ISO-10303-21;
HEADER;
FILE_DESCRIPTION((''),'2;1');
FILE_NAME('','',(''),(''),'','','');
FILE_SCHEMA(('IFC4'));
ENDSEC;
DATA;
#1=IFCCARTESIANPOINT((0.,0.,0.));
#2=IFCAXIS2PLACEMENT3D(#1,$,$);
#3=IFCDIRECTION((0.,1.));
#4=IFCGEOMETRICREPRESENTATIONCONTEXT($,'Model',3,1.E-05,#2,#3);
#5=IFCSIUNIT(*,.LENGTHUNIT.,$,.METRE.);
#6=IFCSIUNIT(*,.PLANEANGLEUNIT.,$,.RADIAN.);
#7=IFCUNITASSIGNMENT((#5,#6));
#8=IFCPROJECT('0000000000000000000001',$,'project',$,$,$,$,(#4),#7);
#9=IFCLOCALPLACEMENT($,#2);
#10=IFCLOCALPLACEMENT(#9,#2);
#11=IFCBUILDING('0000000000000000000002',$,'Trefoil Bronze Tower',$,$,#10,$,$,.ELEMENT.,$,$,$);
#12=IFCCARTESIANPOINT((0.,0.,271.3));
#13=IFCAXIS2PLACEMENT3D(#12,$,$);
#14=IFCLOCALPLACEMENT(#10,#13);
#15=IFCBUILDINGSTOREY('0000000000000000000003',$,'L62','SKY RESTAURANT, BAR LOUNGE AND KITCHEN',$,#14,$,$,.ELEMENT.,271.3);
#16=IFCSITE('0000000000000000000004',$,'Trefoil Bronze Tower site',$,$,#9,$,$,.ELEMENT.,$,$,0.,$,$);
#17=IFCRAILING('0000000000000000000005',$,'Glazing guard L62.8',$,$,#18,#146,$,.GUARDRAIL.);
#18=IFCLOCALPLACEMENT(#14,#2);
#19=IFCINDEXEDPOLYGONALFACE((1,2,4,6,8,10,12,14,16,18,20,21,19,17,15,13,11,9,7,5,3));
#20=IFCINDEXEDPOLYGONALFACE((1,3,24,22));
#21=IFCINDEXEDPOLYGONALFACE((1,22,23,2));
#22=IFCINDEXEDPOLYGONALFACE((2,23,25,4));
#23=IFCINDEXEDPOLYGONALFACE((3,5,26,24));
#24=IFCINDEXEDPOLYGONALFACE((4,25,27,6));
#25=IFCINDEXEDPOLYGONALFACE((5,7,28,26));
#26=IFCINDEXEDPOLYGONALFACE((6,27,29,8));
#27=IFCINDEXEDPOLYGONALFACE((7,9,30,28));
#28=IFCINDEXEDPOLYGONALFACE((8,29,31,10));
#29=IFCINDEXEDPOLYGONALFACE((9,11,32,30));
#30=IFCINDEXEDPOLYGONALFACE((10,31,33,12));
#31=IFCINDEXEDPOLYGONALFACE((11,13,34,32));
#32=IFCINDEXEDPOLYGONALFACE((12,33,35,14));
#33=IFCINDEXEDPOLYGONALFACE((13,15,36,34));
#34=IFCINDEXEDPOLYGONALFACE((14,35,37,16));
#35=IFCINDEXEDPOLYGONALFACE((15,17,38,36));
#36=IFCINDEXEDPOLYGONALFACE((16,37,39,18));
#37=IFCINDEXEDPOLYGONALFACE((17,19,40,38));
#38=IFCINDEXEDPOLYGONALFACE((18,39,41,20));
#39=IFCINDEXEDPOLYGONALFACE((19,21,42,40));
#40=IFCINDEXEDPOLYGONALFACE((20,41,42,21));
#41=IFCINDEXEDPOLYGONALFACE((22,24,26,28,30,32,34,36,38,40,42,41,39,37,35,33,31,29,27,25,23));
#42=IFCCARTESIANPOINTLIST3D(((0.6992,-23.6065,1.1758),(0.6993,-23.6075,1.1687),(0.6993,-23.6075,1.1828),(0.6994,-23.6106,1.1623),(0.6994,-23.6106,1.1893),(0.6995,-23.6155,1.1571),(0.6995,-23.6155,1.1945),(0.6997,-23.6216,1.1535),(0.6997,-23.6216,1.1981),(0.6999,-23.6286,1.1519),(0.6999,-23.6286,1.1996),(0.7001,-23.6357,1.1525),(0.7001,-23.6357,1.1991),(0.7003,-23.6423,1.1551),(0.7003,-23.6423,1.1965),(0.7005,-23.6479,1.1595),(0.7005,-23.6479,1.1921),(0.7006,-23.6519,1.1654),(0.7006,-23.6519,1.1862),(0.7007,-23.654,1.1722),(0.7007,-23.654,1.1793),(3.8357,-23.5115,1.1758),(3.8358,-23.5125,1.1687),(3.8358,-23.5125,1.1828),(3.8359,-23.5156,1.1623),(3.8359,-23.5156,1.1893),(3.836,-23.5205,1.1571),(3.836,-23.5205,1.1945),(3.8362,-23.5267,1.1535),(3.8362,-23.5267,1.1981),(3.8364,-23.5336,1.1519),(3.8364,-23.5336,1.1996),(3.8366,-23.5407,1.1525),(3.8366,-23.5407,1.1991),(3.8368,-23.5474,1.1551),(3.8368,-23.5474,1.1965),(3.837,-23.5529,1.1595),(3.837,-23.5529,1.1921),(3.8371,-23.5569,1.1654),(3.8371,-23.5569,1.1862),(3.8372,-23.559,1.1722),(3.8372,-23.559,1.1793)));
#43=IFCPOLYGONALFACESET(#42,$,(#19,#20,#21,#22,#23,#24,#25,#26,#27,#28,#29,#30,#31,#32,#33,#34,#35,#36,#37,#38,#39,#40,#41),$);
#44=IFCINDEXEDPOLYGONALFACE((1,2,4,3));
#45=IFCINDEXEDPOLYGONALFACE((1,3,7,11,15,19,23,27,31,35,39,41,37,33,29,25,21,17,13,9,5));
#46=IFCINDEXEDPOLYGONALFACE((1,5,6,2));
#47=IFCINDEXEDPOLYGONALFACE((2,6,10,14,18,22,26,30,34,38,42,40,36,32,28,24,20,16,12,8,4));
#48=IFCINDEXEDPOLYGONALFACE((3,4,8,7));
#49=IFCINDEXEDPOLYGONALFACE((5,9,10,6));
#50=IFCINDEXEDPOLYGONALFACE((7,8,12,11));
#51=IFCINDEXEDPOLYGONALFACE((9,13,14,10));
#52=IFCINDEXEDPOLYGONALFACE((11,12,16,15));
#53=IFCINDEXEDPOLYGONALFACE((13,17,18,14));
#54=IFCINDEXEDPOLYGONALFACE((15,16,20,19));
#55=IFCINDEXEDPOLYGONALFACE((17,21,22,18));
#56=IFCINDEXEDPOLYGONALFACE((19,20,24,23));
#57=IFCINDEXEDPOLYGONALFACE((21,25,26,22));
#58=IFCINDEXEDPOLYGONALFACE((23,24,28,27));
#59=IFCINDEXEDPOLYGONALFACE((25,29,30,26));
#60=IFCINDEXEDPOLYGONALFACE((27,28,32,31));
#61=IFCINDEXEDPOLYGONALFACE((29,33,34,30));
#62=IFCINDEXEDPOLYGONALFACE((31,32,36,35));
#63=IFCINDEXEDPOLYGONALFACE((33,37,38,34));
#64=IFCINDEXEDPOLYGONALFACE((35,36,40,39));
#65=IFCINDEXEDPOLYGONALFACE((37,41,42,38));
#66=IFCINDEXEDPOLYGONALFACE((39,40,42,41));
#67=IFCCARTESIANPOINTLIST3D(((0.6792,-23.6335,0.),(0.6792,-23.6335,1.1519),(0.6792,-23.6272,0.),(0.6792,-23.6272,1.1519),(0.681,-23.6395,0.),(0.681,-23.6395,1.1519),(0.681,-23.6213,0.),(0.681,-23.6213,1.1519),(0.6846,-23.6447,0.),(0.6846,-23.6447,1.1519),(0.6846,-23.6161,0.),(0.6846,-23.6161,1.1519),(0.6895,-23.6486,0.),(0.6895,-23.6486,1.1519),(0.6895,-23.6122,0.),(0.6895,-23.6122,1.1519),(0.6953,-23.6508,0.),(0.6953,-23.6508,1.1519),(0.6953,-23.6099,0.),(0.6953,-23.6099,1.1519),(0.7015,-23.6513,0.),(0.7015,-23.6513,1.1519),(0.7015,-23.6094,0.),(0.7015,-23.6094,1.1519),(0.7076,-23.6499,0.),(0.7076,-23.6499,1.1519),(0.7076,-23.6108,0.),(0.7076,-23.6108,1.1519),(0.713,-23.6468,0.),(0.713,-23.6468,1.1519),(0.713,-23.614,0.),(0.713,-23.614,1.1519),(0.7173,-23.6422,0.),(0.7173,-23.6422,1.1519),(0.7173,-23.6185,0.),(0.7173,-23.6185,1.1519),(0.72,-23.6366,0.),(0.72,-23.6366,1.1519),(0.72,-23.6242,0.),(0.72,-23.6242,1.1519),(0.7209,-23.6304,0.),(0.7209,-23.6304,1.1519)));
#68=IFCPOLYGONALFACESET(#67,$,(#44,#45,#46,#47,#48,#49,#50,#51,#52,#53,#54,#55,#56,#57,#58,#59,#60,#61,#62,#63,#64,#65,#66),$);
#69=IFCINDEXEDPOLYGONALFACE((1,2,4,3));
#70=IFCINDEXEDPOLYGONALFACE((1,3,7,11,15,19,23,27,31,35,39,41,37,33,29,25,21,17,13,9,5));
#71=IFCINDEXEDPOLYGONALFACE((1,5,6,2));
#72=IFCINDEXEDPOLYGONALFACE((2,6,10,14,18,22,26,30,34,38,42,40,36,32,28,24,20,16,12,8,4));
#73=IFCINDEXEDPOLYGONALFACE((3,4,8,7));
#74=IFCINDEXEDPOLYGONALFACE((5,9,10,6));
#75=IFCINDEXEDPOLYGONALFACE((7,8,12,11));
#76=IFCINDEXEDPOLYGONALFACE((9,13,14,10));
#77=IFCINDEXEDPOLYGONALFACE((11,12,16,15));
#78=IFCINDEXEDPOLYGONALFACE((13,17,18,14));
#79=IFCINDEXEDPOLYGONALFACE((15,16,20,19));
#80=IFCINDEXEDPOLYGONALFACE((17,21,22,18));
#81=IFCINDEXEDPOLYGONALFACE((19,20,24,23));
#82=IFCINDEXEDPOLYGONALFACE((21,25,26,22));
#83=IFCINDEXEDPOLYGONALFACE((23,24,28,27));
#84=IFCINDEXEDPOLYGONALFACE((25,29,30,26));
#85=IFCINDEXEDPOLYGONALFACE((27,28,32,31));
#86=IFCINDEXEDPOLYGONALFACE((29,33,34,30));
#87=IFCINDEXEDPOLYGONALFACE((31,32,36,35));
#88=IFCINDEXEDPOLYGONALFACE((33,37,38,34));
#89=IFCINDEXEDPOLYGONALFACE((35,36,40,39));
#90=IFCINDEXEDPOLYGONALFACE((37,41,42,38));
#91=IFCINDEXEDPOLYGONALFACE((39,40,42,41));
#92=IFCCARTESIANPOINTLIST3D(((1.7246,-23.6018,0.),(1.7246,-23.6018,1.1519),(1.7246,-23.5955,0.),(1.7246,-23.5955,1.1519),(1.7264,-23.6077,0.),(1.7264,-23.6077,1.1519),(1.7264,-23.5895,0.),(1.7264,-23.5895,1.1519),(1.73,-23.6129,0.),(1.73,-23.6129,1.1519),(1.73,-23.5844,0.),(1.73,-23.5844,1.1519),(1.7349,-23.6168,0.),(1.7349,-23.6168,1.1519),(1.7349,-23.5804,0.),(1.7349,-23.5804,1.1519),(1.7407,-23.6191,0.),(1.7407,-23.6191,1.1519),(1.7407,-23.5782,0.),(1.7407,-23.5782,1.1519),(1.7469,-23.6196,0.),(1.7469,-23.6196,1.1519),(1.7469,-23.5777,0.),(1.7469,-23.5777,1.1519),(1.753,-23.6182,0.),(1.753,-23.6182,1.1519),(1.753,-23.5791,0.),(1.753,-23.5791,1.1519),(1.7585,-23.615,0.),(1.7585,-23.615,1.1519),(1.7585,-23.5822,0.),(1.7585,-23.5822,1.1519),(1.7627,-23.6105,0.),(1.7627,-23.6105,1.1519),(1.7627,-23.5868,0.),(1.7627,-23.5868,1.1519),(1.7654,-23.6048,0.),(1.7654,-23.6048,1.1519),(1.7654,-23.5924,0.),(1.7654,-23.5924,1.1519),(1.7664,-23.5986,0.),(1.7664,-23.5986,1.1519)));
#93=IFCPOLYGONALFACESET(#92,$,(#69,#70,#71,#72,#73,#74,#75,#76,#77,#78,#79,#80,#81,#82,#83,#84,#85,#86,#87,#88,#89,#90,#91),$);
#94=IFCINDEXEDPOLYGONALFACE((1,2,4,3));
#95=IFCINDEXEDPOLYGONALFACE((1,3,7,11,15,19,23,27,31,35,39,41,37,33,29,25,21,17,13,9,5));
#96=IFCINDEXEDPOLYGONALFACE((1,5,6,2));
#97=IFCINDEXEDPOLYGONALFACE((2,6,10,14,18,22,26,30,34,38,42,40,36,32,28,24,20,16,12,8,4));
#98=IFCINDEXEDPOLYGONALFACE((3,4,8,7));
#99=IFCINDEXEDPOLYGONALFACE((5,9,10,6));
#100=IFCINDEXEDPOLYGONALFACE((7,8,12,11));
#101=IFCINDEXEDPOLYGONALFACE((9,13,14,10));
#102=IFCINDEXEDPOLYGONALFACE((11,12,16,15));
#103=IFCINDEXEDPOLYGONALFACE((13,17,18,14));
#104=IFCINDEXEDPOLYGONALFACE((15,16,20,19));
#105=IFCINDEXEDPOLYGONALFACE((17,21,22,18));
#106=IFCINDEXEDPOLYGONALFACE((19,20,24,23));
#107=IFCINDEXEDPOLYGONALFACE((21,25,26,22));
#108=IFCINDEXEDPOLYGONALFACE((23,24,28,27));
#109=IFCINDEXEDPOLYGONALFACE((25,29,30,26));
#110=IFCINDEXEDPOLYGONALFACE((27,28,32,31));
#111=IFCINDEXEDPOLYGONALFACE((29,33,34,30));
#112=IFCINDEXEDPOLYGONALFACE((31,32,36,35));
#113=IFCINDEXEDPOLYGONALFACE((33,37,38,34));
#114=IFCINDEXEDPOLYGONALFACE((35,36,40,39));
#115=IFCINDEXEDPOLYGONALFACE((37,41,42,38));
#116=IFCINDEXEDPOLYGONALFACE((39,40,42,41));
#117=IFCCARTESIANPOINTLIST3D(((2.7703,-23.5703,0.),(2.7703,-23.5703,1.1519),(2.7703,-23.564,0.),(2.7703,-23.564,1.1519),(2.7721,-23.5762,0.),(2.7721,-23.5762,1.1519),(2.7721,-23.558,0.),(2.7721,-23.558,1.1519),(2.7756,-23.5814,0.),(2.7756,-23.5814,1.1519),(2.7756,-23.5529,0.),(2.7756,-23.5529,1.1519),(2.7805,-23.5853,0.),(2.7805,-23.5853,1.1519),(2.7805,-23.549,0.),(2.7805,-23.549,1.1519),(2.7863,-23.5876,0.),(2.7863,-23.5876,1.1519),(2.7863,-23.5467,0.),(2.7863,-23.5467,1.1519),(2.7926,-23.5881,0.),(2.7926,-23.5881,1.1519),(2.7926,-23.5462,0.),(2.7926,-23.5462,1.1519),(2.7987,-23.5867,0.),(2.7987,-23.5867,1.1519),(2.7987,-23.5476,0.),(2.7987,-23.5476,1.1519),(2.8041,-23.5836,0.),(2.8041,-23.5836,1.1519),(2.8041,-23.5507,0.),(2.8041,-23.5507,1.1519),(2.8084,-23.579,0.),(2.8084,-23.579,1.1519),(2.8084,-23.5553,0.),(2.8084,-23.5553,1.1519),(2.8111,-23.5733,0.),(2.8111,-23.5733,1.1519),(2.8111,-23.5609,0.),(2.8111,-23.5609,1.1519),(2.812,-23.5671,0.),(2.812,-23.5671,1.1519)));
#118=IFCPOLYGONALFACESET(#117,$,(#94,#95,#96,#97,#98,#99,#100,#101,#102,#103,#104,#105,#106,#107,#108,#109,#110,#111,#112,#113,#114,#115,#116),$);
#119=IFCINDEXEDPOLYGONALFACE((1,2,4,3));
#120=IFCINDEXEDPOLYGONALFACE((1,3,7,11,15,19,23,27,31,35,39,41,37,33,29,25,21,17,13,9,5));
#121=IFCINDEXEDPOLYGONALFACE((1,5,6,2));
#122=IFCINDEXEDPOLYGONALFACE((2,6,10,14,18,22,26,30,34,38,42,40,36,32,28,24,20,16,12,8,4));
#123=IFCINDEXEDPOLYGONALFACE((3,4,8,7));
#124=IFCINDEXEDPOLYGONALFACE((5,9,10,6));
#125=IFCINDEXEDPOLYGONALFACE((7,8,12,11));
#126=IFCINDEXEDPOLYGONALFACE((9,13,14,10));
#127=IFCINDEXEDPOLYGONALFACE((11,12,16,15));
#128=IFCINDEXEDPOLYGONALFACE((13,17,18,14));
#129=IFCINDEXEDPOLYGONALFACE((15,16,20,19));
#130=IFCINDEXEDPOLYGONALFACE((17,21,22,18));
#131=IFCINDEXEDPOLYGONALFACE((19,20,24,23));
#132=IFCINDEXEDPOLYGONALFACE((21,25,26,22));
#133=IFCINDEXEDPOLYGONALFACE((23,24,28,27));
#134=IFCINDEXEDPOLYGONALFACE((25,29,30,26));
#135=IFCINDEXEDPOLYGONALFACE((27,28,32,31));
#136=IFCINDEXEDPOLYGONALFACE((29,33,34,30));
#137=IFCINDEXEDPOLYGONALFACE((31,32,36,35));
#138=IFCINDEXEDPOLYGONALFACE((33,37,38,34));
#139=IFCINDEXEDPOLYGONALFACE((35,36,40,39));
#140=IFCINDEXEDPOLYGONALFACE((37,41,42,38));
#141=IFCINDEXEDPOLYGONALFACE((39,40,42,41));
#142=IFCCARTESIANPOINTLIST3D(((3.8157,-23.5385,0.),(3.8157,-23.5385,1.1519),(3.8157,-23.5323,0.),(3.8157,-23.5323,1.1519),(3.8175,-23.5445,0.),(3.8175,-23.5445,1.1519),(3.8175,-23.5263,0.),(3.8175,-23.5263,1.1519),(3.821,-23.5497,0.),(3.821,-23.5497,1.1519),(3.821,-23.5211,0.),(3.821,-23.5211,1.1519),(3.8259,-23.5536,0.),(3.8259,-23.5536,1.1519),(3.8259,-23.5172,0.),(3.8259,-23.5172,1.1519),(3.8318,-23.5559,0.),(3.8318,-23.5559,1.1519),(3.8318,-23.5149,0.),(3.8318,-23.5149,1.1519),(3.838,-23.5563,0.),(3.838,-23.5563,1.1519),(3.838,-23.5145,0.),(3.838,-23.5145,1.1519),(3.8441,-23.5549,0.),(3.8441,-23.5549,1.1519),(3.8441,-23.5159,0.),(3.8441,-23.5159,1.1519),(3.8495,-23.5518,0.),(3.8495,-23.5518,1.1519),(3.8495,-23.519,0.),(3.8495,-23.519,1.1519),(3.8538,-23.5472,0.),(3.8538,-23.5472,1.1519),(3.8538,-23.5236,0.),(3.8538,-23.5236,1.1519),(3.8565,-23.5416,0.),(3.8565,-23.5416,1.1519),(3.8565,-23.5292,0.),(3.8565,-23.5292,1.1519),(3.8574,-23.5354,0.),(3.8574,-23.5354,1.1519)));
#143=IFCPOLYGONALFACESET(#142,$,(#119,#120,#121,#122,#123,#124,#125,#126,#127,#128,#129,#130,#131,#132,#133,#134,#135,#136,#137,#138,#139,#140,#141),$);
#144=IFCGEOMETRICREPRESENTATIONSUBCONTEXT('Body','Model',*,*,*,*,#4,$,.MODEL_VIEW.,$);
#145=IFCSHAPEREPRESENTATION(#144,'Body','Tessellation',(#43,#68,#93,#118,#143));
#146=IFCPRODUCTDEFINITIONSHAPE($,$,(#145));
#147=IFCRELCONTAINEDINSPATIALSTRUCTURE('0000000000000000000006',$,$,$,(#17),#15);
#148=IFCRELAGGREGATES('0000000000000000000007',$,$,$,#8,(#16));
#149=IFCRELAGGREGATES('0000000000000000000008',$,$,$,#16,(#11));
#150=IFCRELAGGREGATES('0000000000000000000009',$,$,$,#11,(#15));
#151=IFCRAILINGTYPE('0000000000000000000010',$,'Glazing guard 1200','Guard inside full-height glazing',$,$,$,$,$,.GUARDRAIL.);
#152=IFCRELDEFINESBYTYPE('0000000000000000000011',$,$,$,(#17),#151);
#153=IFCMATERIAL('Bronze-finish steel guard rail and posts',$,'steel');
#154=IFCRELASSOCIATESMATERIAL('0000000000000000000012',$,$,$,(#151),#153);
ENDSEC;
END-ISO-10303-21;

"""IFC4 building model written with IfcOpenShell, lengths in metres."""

from ifc_helpers import new_model, si_unit, direction, frame, origin, origin_2d, place, context, subcontext, project, spatial, circle, extrude, material, type_object, element, save


model = new_model("IFC4")

# Units and contexts
model_context = context("Model", 3, precision=1e-05, world=origin(), true_north=direction((0.0, 1.0)))
body_context = subcontext(model_context, "Body", "Model", "MODEL_VIEW")
ifc_project = project(units=[si_unit("LENGTHUNIT", "METRE"), si_unit("PLANEANGLEUNIT", "RADIAN")], contexts=[model_context])

# Site, building, storey
site_placement = place(None, origin())
site = spatial("IfcSite", under=ifc_project, at=site_placement, Name="Trefoil Bronze Tower site", CompositionType="ELEMENT", RefElevation=0.0)
building_placement = place(site_placement, origin())
building = spatial("IfcBuilding", under=site, at=building_placement, Name="Trefoil Bronze Tower", CompositionType="ELEMENT")
storey_placement = place(building_placement, frame((0.0, 0.0, 271.3)))
storey = spatial("IfcBuildingStorey", under=building, at=storey_placement, Name="L62", Description="SKY RESTAURANT, BAR LOUNGE AND KITCHEN", CompositionType="ELEMENT", Elevation=271.3)

# Railing
ifc_material_1 = material(Name="Bronze-finish steel guard rail and posts", Category="steel")
railing_type = type_object("IfcRailingType", Name="Glazing guard 1200", Description="Guard inside full-height glazing", PredefinedType="GUARDRAIL", material=ifc_material_1)
railing_1_placement = place(storey_placement, frame((0.7, -23.6304, 0.0)))
element("IfcRailing", 1, at=railing_1_placement, inside=storey, type_object=railing_type, Name="Glazing guard L62.8", PredefinedType="GUARDRAIL", context=body_context, shape_type="SweptSolid", body=[
    extrude(circle(Radius=0.0239, at=origin_2d()), frame((0.0, 0.0, 1.1758), z_axis=(0.999542, 0.030266, 0.0), x_axis=(-0.030266, 0.999542, 0.0)), (0.0, 0.0, 1.0), 3.1379),
    extrude(circle(Radius=0.021, at=origin_2d()), origin(), (0.0, 0.0, 1.0), 1.1519),
    extrude(circle(Radius=0.021, at=origin_2d()), frame((1.0454, 0.0317, 0.0)), (0.0, 0.0, 1.0), 1.1519),
    extrude(circle(Radius=0.021, at=origin_2d()), frame((2.0911, 0.0632, 0.0)), (0.0, 0.0, 1.0), 1.1519),
    extrude(circle(Radius=0.021, at=origin_2d()), frame((3.1365, 0.095, 0.0)), (0.0, 0.0, 1.0), 1.1519),
])

save(model, "model.ifc")
